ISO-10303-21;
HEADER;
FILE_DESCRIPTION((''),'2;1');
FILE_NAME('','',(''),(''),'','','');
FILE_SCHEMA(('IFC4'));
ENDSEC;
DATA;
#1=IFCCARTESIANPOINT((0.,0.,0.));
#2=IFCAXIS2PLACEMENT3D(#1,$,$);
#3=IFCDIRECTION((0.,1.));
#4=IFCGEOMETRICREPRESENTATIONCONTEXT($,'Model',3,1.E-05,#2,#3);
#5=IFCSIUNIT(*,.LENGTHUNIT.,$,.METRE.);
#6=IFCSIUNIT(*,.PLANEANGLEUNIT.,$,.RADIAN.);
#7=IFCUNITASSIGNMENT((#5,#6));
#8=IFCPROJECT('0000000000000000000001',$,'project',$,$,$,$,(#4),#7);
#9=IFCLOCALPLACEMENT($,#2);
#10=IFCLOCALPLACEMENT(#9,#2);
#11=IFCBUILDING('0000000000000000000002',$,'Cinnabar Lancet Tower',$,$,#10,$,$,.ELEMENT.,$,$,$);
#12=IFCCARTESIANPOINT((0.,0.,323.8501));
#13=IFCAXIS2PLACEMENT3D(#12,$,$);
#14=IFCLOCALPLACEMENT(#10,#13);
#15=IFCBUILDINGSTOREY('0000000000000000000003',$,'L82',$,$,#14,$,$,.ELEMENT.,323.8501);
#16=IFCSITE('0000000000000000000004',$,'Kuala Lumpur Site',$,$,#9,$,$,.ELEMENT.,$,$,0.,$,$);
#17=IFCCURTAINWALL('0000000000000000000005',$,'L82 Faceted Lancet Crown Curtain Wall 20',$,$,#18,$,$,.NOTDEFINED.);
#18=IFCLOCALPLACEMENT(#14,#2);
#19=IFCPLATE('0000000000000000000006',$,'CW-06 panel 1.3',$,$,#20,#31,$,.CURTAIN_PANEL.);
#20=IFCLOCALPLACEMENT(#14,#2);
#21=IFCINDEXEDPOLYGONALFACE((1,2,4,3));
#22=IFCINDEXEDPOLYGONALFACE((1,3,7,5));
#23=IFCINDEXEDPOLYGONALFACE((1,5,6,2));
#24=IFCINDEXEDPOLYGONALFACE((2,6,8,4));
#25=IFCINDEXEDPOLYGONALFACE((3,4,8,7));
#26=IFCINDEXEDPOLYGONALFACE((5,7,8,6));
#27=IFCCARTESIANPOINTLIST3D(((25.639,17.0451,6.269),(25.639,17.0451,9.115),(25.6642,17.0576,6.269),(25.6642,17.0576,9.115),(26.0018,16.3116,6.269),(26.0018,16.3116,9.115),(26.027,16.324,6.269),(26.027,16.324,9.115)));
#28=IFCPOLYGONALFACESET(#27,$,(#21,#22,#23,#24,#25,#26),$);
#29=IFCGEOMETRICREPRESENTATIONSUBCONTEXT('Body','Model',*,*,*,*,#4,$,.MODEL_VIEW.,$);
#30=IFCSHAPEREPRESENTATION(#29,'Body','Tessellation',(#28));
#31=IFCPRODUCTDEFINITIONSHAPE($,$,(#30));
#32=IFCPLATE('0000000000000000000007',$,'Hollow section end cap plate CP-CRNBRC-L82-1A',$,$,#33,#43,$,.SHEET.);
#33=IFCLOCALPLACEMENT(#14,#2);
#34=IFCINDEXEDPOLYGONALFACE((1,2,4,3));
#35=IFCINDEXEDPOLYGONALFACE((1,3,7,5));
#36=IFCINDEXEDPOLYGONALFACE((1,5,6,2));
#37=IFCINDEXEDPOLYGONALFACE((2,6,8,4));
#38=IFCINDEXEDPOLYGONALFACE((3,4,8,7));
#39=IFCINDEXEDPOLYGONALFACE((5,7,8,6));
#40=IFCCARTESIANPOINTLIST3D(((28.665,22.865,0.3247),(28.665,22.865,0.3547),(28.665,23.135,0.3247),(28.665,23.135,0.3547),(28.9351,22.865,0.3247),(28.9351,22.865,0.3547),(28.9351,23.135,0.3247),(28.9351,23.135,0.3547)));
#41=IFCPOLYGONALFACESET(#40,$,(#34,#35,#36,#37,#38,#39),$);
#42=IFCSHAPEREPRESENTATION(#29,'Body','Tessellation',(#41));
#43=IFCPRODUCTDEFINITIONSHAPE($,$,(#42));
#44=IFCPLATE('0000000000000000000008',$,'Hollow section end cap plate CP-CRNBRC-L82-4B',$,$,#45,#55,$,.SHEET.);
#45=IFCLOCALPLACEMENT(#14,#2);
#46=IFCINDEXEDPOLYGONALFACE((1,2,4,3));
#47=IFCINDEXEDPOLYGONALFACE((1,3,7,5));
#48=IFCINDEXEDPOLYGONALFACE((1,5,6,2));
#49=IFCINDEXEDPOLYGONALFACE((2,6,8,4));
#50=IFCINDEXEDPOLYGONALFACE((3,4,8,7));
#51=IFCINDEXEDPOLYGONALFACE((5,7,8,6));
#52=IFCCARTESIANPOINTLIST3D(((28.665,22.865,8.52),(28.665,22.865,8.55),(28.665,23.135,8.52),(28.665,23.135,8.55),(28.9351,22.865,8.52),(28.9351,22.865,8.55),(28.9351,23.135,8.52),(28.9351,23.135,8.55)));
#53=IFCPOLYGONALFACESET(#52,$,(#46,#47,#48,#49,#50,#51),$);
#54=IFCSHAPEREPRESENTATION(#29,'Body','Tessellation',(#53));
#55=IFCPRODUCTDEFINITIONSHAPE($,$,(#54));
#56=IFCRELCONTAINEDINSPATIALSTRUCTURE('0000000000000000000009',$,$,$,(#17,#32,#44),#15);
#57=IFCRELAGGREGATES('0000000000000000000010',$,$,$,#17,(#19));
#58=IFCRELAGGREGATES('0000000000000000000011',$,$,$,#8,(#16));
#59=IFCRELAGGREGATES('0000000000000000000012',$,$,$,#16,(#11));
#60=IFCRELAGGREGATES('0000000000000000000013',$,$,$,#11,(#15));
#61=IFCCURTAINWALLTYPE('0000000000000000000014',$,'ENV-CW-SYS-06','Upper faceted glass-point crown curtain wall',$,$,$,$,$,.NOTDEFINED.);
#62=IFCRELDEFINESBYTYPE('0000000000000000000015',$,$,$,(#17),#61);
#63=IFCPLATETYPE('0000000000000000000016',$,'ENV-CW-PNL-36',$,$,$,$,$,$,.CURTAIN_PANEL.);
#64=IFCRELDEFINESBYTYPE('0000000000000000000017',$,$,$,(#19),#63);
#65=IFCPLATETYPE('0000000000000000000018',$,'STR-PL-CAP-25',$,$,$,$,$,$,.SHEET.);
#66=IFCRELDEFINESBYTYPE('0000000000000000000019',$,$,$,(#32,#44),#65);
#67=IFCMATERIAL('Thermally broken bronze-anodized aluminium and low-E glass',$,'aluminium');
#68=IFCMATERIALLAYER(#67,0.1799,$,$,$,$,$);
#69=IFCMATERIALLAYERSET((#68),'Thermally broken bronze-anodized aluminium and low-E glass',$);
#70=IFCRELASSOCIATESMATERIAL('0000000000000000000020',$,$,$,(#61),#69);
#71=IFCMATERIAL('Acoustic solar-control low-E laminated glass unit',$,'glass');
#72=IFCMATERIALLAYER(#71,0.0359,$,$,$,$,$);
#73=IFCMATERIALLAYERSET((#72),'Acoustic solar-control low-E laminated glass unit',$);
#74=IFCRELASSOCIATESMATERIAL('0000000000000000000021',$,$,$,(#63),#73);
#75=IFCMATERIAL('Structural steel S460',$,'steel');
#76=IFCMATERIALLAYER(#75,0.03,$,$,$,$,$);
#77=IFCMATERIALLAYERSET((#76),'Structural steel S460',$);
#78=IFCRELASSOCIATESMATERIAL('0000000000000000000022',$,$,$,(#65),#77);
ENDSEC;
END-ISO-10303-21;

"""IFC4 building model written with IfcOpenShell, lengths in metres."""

from ifc_helpers import new_model, si_unit, direction, frame, origin, origin_2d, place, context, subcontext, project, spatial, rectangle, extrude, material, layer, layer_set, type_object, element, aggregate, save


model = new_model("IFC4")

# Units and contexts
model_context = context("Model", 3, precision=1e-05, world=origin(), true_north=direction((0.0, 1.0)))
body_context = subcontext(model_context, "Body", "Model", "MODEL_VIEW")
ifc_project = project(units=[si_unit("LENGTHUNIT", "METRE"), si_unit("PLANEANGLEUNIT", "RADIAN")], contexts=[model_context])

# Site, building, storey
site_placement = place(None, origin())
site = spatial("IfcSite", under=ifc_project, at=site_placement, Name="Kuala Lumpur Site", CompositionType="ELEMENT", RefElevation=0.0)
building_placement = place(site_placement, origin())
building = spatial("IfcBuilding", under=site, at=building_placement, Name="Cinnabar Lancet Tower", CompositionType="ELEMENT")
storey_placement = place(building_placement, frame((0.0, 0.0, 323.8501)))
storey = spatial("IfcBuildingStorey", under=building, at=storey_placement, Name="L82", CompositionType="ELEMENT", Elevation=323.8501)

# Shared definitions
ifc_material_1 = material(Name="Thermally broken bronze-anodized aluminium and low-E glass", Category="aluminium")
ifc_layer_1 = layer(ifc_material_1, 0.1799)
ifc_layer_set_1 = layer_set([ifc_layer_1], Name="Thermally broken bronze-anodized aluminium and low-E glass")
curtain_wall_type = type_object("IfcCurtainWallType", Name="ENV-CW-SYS-06", Description="Upper faceted glass-point crown curtain wall", PredefinedType="NOTDEFINED", material=ifc_layer_set_1)

# Curtain wall
curtain_wall_1_placement = place(storey_placement, origin())
curtain_wall_1 = element("IfcCurtainWall", 1, at=curtain_wall_1_placement, inside=storey, type_object=curtain_wall_type, Name="L82 Faceted Lancet Crown Curtain Wall 20", PredefinedType="NOTDEFINED")

# Plate
ifc_material_2 = material(Name="Acoustic solar-control low-E laminated glass unit", Category="glass")
ifc_layer_2 = layer(ifc_material_2, 0.0359)
ifc_layer_set_2 = layer_set([ifc_layer_2], Name="Acoustic solar-control low-E laminated glass unit")
plate_type_1 = type_object("IfcPlateType", Name="ENV-CW-PNL-36", PredefinedType="CURTAIN_PANEL", material=ifc_layer_set_2)
plate_1_placement = place(storey_placement, frame((25.833, 16.6846, 6.269), z_axis=(0.0, 0.0, 1.0), x_axis=(0.443373, -0.896337, 0.0)))
plate_1 = element("IfcPlate", 2, at=plate_1_placement, type_object=plate_type_1, Name="CW-06 panel 1.3", PredefinedType="CURTAIN_PANEL", context=body_context, shape_type="SweptSolid", body=[
    extrude(rectangle(XDim=0.8184, YDim=0.0281, at=origin_2d()), origin(), (0.0, 0.0, 1.0), 2.8459),
])
aggregate(curtain_wall_1, [plate_1])

# Plates
ifc_material_3 = material(Name="Structural steel S460", Category="steel")
ifc_layer_3 = layer(ifc_material_3, 0.03)
ifc_layer_set_3 = layer_set([ifc_layer_3], Name="Structural steel S460")
plate_type_2 = type_object("IfcPlateType", Name="STR-PL-CAP-25", PredefinedType="SHEET", material=ifc_layer_set_3)
for number, where, z_axis, x_axis, name in (
    (3, (28.8, 23.0, 0.3247), (0.0, 0.0, 1.0), (-1.0, 0.0, 0.0), "Hollow section end cap plate CP-CRNBRC-L82-1A"),
    (4, (28.8, 23.0, 8.52), (0.0, 0.0, 1.0), (0.0, -1.0, 0.0), "Hollow section end cap plate CP-CRNBRC-L82-4B"),
):
    element("IfcPlate", number, at=place(storey_placement, frame(where, z_axis=z_axis, x_axis=x_axis)), inside=storey, type_object=plate_type_2, Name=name, PredefinedType="SHEET", context=body_context, shape_type="SweptSolid", body=[
        extrude(rectangle(XDim=0.27, YDim=0.27, at=origin_2d()), origin(), (0.0, 0.0, 1.0), 0.03),
    ])

save(model, "model.ifc")
